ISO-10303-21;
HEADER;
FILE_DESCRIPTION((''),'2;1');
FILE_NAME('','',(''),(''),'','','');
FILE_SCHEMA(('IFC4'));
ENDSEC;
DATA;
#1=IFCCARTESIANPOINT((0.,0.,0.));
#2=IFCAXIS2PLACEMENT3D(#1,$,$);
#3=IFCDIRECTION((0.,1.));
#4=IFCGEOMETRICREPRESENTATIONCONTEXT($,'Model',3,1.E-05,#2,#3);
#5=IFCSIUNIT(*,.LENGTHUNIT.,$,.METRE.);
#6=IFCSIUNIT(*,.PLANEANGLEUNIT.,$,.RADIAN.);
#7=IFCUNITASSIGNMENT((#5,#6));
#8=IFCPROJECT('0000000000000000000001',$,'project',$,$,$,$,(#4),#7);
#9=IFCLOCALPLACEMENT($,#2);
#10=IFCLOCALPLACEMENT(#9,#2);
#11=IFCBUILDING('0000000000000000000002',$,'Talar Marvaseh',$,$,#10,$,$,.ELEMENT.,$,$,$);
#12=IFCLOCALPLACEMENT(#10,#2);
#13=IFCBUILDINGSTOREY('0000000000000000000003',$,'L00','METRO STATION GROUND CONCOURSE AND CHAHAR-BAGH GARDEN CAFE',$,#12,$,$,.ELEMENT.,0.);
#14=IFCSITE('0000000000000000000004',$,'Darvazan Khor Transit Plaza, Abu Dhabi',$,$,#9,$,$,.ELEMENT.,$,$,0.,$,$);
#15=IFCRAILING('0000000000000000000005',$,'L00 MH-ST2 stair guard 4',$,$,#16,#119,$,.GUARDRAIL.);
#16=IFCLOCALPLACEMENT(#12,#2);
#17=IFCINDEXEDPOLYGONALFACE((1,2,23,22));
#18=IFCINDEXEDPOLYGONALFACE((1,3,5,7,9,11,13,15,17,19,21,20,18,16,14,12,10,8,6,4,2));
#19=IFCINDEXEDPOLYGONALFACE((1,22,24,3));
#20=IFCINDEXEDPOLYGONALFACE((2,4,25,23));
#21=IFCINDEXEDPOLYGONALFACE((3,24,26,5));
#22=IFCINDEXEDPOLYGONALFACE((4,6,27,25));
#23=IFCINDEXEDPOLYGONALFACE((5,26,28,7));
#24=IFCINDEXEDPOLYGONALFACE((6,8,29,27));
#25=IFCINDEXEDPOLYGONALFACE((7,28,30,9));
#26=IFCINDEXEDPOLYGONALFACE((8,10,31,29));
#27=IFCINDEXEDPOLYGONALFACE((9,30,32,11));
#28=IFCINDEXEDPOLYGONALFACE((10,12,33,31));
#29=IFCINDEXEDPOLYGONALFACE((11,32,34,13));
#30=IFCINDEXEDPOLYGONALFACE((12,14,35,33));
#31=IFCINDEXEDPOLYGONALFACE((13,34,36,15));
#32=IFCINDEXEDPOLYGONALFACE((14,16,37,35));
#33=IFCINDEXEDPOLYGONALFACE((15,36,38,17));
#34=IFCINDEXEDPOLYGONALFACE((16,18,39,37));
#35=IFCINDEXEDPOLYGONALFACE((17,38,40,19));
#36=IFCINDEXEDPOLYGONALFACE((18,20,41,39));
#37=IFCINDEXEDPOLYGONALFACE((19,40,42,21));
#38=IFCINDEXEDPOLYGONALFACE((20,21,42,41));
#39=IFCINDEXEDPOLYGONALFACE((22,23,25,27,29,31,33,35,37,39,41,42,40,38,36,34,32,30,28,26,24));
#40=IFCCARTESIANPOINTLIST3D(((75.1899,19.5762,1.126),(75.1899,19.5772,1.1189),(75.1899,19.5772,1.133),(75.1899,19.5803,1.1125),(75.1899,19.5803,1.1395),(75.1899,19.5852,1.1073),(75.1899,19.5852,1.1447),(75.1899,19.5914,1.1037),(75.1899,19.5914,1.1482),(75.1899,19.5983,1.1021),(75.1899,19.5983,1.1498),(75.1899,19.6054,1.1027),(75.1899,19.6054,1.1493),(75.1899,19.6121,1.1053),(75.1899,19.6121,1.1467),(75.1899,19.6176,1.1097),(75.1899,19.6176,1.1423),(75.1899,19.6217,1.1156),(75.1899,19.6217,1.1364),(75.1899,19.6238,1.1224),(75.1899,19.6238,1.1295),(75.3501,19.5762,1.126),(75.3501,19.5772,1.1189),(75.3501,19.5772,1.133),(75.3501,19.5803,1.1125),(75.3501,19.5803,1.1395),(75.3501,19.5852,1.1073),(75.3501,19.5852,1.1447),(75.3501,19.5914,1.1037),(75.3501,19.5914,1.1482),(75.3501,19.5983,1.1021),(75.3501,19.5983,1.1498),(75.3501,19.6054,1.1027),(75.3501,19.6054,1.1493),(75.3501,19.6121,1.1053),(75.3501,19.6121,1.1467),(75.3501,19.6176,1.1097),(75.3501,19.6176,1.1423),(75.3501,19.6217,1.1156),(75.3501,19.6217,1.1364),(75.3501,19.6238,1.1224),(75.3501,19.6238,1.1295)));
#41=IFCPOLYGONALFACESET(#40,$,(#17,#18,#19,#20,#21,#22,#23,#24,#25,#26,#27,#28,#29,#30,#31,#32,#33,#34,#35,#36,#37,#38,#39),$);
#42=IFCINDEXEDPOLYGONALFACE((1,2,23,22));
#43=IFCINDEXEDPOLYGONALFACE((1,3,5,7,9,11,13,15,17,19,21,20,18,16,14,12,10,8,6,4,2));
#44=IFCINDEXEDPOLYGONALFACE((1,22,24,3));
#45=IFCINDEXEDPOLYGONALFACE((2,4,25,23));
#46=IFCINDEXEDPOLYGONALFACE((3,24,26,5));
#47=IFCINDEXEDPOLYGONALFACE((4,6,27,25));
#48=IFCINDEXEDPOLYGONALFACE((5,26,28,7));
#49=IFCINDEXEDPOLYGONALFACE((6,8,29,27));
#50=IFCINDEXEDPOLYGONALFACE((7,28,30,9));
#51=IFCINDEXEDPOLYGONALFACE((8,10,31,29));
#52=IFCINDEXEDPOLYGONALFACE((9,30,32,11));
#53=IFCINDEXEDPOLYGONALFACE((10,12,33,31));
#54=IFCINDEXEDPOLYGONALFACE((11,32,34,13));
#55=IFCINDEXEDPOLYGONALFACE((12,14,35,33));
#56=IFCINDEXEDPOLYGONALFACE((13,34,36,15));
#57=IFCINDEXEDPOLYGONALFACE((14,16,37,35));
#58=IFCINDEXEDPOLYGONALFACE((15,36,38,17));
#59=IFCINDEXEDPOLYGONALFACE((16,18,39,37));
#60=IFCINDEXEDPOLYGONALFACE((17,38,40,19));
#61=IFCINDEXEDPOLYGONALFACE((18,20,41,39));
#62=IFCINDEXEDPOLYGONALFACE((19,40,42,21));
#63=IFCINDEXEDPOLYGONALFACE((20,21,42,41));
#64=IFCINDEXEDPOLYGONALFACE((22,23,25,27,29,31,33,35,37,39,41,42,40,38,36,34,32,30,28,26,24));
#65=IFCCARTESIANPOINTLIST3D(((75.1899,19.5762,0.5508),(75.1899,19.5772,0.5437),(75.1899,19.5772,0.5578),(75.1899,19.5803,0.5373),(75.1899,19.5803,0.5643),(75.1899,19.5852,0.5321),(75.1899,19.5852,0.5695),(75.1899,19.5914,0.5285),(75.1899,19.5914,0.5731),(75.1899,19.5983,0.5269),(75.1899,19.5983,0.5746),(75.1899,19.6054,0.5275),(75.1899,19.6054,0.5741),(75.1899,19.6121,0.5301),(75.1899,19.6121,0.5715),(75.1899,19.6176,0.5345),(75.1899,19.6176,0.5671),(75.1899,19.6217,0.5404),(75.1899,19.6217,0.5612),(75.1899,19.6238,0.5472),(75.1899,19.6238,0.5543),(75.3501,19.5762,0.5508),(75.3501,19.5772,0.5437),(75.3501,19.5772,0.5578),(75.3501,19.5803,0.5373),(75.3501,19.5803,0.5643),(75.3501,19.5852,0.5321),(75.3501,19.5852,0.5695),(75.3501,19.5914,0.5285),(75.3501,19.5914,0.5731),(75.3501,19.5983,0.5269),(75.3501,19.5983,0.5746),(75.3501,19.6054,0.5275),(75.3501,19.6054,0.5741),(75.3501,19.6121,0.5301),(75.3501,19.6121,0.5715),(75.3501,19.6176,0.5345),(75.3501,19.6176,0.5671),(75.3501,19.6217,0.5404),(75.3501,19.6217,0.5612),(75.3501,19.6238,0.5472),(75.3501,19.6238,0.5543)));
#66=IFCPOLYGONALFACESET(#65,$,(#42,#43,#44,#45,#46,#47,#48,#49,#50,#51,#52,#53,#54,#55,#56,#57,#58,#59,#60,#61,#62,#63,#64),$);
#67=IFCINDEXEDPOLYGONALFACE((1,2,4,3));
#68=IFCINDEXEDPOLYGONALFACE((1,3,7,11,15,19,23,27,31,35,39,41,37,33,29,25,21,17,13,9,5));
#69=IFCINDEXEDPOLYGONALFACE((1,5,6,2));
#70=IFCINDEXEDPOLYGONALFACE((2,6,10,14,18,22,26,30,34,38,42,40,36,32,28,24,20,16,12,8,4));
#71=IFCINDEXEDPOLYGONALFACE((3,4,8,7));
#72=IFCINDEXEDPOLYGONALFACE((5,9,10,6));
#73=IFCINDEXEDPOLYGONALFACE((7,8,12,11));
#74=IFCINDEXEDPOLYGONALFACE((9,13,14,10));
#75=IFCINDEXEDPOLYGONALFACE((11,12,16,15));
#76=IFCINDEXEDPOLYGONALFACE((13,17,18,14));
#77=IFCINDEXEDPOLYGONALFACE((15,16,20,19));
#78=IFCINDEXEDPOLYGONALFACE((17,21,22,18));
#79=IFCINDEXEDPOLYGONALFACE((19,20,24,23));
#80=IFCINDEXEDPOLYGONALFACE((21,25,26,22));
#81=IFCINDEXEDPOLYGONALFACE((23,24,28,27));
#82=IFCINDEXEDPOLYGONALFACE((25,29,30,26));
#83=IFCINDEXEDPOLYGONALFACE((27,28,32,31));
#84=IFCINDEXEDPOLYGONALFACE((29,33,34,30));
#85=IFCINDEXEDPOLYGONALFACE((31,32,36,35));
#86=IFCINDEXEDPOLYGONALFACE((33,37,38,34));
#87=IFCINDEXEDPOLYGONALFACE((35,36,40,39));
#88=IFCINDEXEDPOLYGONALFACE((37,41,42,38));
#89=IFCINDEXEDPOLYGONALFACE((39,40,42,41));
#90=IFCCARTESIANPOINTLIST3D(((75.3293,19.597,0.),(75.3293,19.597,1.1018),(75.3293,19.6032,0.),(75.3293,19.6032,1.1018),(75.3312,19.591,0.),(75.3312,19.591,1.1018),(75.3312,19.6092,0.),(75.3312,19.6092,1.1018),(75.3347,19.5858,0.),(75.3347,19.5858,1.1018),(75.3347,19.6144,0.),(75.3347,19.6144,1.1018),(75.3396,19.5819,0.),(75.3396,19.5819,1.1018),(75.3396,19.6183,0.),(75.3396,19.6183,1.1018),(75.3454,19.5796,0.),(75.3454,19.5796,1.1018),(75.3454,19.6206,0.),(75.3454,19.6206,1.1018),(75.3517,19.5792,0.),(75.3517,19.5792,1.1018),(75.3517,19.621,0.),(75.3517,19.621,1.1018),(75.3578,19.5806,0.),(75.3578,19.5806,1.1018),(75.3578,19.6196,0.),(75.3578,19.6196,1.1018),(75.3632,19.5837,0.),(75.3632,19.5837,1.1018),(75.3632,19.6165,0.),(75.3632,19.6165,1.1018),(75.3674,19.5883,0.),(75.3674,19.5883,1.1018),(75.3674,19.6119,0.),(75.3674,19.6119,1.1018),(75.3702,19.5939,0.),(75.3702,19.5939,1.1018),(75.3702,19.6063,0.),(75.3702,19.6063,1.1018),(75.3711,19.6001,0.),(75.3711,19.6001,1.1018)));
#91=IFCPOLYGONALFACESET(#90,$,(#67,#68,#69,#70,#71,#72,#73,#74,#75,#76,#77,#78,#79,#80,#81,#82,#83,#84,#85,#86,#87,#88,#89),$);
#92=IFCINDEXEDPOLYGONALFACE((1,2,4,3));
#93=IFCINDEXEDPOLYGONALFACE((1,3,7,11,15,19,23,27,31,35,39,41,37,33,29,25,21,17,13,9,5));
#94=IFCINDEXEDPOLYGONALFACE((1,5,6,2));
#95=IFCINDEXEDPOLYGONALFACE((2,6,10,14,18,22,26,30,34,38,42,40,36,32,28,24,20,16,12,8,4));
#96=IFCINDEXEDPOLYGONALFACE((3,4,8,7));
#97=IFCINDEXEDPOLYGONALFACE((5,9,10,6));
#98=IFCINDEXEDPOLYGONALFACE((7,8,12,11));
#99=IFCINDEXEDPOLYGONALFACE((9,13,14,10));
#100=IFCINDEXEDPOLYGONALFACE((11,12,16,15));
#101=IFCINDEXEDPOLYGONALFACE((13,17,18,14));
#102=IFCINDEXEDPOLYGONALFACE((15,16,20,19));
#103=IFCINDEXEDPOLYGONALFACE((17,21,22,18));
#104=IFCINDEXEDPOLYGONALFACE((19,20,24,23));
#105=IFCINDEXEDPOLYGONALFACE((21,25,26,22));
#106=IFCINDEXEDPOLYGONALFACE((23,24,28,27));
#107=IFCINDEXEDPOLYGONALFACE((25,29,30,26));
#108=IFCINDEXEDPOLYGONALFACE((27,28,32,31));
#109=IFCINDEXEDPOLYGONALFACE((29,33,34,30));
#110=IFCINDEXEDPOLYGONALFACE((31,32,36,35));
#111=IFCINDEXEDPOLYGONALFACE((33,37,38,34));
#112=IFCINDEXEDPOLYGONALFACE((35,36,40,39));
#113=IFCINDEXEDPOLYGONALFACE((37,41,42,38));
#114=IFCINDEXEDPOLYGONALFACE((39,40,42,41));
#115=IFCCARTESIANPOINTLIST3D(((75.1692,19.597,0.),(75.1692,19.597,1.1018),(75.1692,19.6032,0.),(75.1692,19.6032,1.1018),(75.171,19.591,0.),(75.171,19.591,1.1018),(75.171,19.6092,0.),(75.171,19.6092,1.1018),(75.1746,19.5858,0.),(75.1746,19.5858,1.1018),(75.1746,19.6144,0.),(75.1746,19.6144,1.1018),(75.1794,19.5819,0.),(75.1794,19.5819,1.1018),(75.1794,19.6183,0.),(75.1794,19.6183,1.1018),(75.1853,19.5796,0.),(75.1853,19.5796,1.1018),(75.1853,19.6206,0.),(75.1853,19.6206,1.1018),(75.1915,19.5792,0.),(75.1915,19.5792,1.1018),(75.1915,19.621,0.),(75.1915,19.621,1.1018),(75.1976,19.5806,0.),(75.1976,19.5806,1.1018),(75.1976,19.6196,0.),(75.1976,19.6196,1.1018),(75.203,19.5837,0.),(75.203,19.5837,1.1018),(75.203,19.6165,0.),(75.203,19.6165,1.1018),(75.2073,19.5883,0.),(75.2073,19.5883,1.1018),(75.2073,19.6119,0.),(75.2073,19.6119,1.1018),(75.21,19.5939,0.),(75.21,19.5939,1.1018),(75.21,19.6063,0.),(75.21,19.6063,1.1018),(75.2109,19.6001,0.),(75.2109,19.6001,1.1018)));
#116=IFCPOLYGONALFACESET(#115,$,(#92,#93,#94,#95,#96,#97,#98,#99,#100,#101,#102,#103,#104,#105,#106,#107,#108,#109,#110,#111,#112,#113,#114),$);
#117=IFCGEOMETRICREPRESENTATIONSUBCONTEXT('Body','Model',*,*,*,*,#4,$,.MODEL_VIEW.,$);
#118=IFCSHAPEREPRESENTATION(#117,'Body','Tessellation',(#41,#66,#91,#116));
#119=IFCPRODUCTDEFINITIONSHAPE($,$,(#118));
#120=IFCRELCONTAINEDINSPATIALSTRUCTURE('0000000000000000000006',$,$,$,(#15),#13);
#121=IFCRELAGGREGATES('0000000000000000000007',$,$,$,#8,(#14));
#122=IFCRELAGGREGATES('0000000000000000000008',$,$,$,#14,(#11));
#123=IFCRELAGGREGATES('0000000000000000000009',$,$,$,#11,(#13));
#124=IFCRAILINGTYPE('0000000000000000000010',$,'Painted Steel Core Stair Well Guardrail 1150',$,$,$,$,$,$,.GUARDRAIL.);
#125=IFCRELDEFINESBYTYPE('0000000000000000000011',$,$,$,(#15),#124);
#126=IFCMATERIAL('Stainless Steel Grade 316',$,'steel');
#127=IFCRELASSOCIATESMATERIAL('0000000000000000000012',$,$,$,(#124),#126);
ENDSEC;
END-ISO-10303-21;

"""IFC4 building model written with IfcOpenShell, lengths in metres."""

from ifc_helpers import new_model, si_unit, direction, frame, origin, origin_2d, place, context, subcontext, project, spatial, circle, extrude, material, type_object, element, save


model = new_model("IFC4")

# Units and contexts
model_context = context("Model", 3, precision=1e-05, world=origin(), true_north=direction((0.0, 1.0)))
body_context = subcontext(model_context, "Body", "Model", "MODEL_VIEW")
ifc_project = project(units=[si_unit("LENGTHUNIT", "METRE"), si_unit("PLANEANGLEUNIT", "RADIAN")], contexts=[model_context])

# Site, building, storey
site_placement = place(None, origin())
site = spatial("IfcSite", under=ifc_project, at=site_placement, Name="Darvazan Khor Transit Plaza, Abu Dhabi", CompositionType="ELEMENT", RefElevation=0.0)
building_placement = place(site_placement, origin())
building = spatial("IfcBuilding", under=site, at=building_placement, Name="Talar Marvaseh", CompositionType="ELEMENT")
storey_placement = place(building_placement, origin())
storey = spatial("IfcBuildingStorey", under=building, at=storey_placement, Name="L00", Description="METRO STATION GROUND CONCOURSE AND CHAHAR-BAGH GARDEN CAFE", CompositionType="ELEMENT", Elevation=0.0)

# Railing
ifc_material_1 = material(Name="Stainless Steel Grade 316", Category="steel")
railing_type_1 = type_object("IfcRailingType", Name="Painted Steel Core Stair Well Guardrail 1150", PredefinedType="GUARDRAIL", material=ifc_material_1)
railing_1_placement = place(storey_placement, frame((75.3501, 19.6001, 0.0)))
element("IfcRailing", 1, at=railing_1_placement, inside=storey, type_object=railing_type_1, Name="L00 MH-ST2 stair guard 4", PredefinedType="GUARDRAIL", context=body_context, shape_type="SweptSolid", body=[
    extrude(circle(Radius=0.0239, at=origin_2d()), frame((0.0, 0.0, 1.126), z_axis=(-1.0, 0.0, 0.0), x_axis=(0.0, -1.0, 0.0)), (0.0, 0.0, 1.0), 0.1602),
    extrude(circle(Radius=0.0239, at=origin_2d()), frame((0.0, 0.0, 0.5508), z_axis=(-1.0, 0.0, 0.0), x_axis=(0.0, -1.0, 0.0)), (0.0, 0.0, 1.0), 0.1602),
    extrude(circle(Radius=0.021, at=origin_2d()), origin(), (0.0, 0.0, 1.0), 1.1018),
    extrude(circle(Radius=0.021, at=origin_2d()), frame((-0.1602, 0.0, 0.0)), (0.0, 0.0, 1.0), 1.1018),
])

save(model, "model.ifc")
